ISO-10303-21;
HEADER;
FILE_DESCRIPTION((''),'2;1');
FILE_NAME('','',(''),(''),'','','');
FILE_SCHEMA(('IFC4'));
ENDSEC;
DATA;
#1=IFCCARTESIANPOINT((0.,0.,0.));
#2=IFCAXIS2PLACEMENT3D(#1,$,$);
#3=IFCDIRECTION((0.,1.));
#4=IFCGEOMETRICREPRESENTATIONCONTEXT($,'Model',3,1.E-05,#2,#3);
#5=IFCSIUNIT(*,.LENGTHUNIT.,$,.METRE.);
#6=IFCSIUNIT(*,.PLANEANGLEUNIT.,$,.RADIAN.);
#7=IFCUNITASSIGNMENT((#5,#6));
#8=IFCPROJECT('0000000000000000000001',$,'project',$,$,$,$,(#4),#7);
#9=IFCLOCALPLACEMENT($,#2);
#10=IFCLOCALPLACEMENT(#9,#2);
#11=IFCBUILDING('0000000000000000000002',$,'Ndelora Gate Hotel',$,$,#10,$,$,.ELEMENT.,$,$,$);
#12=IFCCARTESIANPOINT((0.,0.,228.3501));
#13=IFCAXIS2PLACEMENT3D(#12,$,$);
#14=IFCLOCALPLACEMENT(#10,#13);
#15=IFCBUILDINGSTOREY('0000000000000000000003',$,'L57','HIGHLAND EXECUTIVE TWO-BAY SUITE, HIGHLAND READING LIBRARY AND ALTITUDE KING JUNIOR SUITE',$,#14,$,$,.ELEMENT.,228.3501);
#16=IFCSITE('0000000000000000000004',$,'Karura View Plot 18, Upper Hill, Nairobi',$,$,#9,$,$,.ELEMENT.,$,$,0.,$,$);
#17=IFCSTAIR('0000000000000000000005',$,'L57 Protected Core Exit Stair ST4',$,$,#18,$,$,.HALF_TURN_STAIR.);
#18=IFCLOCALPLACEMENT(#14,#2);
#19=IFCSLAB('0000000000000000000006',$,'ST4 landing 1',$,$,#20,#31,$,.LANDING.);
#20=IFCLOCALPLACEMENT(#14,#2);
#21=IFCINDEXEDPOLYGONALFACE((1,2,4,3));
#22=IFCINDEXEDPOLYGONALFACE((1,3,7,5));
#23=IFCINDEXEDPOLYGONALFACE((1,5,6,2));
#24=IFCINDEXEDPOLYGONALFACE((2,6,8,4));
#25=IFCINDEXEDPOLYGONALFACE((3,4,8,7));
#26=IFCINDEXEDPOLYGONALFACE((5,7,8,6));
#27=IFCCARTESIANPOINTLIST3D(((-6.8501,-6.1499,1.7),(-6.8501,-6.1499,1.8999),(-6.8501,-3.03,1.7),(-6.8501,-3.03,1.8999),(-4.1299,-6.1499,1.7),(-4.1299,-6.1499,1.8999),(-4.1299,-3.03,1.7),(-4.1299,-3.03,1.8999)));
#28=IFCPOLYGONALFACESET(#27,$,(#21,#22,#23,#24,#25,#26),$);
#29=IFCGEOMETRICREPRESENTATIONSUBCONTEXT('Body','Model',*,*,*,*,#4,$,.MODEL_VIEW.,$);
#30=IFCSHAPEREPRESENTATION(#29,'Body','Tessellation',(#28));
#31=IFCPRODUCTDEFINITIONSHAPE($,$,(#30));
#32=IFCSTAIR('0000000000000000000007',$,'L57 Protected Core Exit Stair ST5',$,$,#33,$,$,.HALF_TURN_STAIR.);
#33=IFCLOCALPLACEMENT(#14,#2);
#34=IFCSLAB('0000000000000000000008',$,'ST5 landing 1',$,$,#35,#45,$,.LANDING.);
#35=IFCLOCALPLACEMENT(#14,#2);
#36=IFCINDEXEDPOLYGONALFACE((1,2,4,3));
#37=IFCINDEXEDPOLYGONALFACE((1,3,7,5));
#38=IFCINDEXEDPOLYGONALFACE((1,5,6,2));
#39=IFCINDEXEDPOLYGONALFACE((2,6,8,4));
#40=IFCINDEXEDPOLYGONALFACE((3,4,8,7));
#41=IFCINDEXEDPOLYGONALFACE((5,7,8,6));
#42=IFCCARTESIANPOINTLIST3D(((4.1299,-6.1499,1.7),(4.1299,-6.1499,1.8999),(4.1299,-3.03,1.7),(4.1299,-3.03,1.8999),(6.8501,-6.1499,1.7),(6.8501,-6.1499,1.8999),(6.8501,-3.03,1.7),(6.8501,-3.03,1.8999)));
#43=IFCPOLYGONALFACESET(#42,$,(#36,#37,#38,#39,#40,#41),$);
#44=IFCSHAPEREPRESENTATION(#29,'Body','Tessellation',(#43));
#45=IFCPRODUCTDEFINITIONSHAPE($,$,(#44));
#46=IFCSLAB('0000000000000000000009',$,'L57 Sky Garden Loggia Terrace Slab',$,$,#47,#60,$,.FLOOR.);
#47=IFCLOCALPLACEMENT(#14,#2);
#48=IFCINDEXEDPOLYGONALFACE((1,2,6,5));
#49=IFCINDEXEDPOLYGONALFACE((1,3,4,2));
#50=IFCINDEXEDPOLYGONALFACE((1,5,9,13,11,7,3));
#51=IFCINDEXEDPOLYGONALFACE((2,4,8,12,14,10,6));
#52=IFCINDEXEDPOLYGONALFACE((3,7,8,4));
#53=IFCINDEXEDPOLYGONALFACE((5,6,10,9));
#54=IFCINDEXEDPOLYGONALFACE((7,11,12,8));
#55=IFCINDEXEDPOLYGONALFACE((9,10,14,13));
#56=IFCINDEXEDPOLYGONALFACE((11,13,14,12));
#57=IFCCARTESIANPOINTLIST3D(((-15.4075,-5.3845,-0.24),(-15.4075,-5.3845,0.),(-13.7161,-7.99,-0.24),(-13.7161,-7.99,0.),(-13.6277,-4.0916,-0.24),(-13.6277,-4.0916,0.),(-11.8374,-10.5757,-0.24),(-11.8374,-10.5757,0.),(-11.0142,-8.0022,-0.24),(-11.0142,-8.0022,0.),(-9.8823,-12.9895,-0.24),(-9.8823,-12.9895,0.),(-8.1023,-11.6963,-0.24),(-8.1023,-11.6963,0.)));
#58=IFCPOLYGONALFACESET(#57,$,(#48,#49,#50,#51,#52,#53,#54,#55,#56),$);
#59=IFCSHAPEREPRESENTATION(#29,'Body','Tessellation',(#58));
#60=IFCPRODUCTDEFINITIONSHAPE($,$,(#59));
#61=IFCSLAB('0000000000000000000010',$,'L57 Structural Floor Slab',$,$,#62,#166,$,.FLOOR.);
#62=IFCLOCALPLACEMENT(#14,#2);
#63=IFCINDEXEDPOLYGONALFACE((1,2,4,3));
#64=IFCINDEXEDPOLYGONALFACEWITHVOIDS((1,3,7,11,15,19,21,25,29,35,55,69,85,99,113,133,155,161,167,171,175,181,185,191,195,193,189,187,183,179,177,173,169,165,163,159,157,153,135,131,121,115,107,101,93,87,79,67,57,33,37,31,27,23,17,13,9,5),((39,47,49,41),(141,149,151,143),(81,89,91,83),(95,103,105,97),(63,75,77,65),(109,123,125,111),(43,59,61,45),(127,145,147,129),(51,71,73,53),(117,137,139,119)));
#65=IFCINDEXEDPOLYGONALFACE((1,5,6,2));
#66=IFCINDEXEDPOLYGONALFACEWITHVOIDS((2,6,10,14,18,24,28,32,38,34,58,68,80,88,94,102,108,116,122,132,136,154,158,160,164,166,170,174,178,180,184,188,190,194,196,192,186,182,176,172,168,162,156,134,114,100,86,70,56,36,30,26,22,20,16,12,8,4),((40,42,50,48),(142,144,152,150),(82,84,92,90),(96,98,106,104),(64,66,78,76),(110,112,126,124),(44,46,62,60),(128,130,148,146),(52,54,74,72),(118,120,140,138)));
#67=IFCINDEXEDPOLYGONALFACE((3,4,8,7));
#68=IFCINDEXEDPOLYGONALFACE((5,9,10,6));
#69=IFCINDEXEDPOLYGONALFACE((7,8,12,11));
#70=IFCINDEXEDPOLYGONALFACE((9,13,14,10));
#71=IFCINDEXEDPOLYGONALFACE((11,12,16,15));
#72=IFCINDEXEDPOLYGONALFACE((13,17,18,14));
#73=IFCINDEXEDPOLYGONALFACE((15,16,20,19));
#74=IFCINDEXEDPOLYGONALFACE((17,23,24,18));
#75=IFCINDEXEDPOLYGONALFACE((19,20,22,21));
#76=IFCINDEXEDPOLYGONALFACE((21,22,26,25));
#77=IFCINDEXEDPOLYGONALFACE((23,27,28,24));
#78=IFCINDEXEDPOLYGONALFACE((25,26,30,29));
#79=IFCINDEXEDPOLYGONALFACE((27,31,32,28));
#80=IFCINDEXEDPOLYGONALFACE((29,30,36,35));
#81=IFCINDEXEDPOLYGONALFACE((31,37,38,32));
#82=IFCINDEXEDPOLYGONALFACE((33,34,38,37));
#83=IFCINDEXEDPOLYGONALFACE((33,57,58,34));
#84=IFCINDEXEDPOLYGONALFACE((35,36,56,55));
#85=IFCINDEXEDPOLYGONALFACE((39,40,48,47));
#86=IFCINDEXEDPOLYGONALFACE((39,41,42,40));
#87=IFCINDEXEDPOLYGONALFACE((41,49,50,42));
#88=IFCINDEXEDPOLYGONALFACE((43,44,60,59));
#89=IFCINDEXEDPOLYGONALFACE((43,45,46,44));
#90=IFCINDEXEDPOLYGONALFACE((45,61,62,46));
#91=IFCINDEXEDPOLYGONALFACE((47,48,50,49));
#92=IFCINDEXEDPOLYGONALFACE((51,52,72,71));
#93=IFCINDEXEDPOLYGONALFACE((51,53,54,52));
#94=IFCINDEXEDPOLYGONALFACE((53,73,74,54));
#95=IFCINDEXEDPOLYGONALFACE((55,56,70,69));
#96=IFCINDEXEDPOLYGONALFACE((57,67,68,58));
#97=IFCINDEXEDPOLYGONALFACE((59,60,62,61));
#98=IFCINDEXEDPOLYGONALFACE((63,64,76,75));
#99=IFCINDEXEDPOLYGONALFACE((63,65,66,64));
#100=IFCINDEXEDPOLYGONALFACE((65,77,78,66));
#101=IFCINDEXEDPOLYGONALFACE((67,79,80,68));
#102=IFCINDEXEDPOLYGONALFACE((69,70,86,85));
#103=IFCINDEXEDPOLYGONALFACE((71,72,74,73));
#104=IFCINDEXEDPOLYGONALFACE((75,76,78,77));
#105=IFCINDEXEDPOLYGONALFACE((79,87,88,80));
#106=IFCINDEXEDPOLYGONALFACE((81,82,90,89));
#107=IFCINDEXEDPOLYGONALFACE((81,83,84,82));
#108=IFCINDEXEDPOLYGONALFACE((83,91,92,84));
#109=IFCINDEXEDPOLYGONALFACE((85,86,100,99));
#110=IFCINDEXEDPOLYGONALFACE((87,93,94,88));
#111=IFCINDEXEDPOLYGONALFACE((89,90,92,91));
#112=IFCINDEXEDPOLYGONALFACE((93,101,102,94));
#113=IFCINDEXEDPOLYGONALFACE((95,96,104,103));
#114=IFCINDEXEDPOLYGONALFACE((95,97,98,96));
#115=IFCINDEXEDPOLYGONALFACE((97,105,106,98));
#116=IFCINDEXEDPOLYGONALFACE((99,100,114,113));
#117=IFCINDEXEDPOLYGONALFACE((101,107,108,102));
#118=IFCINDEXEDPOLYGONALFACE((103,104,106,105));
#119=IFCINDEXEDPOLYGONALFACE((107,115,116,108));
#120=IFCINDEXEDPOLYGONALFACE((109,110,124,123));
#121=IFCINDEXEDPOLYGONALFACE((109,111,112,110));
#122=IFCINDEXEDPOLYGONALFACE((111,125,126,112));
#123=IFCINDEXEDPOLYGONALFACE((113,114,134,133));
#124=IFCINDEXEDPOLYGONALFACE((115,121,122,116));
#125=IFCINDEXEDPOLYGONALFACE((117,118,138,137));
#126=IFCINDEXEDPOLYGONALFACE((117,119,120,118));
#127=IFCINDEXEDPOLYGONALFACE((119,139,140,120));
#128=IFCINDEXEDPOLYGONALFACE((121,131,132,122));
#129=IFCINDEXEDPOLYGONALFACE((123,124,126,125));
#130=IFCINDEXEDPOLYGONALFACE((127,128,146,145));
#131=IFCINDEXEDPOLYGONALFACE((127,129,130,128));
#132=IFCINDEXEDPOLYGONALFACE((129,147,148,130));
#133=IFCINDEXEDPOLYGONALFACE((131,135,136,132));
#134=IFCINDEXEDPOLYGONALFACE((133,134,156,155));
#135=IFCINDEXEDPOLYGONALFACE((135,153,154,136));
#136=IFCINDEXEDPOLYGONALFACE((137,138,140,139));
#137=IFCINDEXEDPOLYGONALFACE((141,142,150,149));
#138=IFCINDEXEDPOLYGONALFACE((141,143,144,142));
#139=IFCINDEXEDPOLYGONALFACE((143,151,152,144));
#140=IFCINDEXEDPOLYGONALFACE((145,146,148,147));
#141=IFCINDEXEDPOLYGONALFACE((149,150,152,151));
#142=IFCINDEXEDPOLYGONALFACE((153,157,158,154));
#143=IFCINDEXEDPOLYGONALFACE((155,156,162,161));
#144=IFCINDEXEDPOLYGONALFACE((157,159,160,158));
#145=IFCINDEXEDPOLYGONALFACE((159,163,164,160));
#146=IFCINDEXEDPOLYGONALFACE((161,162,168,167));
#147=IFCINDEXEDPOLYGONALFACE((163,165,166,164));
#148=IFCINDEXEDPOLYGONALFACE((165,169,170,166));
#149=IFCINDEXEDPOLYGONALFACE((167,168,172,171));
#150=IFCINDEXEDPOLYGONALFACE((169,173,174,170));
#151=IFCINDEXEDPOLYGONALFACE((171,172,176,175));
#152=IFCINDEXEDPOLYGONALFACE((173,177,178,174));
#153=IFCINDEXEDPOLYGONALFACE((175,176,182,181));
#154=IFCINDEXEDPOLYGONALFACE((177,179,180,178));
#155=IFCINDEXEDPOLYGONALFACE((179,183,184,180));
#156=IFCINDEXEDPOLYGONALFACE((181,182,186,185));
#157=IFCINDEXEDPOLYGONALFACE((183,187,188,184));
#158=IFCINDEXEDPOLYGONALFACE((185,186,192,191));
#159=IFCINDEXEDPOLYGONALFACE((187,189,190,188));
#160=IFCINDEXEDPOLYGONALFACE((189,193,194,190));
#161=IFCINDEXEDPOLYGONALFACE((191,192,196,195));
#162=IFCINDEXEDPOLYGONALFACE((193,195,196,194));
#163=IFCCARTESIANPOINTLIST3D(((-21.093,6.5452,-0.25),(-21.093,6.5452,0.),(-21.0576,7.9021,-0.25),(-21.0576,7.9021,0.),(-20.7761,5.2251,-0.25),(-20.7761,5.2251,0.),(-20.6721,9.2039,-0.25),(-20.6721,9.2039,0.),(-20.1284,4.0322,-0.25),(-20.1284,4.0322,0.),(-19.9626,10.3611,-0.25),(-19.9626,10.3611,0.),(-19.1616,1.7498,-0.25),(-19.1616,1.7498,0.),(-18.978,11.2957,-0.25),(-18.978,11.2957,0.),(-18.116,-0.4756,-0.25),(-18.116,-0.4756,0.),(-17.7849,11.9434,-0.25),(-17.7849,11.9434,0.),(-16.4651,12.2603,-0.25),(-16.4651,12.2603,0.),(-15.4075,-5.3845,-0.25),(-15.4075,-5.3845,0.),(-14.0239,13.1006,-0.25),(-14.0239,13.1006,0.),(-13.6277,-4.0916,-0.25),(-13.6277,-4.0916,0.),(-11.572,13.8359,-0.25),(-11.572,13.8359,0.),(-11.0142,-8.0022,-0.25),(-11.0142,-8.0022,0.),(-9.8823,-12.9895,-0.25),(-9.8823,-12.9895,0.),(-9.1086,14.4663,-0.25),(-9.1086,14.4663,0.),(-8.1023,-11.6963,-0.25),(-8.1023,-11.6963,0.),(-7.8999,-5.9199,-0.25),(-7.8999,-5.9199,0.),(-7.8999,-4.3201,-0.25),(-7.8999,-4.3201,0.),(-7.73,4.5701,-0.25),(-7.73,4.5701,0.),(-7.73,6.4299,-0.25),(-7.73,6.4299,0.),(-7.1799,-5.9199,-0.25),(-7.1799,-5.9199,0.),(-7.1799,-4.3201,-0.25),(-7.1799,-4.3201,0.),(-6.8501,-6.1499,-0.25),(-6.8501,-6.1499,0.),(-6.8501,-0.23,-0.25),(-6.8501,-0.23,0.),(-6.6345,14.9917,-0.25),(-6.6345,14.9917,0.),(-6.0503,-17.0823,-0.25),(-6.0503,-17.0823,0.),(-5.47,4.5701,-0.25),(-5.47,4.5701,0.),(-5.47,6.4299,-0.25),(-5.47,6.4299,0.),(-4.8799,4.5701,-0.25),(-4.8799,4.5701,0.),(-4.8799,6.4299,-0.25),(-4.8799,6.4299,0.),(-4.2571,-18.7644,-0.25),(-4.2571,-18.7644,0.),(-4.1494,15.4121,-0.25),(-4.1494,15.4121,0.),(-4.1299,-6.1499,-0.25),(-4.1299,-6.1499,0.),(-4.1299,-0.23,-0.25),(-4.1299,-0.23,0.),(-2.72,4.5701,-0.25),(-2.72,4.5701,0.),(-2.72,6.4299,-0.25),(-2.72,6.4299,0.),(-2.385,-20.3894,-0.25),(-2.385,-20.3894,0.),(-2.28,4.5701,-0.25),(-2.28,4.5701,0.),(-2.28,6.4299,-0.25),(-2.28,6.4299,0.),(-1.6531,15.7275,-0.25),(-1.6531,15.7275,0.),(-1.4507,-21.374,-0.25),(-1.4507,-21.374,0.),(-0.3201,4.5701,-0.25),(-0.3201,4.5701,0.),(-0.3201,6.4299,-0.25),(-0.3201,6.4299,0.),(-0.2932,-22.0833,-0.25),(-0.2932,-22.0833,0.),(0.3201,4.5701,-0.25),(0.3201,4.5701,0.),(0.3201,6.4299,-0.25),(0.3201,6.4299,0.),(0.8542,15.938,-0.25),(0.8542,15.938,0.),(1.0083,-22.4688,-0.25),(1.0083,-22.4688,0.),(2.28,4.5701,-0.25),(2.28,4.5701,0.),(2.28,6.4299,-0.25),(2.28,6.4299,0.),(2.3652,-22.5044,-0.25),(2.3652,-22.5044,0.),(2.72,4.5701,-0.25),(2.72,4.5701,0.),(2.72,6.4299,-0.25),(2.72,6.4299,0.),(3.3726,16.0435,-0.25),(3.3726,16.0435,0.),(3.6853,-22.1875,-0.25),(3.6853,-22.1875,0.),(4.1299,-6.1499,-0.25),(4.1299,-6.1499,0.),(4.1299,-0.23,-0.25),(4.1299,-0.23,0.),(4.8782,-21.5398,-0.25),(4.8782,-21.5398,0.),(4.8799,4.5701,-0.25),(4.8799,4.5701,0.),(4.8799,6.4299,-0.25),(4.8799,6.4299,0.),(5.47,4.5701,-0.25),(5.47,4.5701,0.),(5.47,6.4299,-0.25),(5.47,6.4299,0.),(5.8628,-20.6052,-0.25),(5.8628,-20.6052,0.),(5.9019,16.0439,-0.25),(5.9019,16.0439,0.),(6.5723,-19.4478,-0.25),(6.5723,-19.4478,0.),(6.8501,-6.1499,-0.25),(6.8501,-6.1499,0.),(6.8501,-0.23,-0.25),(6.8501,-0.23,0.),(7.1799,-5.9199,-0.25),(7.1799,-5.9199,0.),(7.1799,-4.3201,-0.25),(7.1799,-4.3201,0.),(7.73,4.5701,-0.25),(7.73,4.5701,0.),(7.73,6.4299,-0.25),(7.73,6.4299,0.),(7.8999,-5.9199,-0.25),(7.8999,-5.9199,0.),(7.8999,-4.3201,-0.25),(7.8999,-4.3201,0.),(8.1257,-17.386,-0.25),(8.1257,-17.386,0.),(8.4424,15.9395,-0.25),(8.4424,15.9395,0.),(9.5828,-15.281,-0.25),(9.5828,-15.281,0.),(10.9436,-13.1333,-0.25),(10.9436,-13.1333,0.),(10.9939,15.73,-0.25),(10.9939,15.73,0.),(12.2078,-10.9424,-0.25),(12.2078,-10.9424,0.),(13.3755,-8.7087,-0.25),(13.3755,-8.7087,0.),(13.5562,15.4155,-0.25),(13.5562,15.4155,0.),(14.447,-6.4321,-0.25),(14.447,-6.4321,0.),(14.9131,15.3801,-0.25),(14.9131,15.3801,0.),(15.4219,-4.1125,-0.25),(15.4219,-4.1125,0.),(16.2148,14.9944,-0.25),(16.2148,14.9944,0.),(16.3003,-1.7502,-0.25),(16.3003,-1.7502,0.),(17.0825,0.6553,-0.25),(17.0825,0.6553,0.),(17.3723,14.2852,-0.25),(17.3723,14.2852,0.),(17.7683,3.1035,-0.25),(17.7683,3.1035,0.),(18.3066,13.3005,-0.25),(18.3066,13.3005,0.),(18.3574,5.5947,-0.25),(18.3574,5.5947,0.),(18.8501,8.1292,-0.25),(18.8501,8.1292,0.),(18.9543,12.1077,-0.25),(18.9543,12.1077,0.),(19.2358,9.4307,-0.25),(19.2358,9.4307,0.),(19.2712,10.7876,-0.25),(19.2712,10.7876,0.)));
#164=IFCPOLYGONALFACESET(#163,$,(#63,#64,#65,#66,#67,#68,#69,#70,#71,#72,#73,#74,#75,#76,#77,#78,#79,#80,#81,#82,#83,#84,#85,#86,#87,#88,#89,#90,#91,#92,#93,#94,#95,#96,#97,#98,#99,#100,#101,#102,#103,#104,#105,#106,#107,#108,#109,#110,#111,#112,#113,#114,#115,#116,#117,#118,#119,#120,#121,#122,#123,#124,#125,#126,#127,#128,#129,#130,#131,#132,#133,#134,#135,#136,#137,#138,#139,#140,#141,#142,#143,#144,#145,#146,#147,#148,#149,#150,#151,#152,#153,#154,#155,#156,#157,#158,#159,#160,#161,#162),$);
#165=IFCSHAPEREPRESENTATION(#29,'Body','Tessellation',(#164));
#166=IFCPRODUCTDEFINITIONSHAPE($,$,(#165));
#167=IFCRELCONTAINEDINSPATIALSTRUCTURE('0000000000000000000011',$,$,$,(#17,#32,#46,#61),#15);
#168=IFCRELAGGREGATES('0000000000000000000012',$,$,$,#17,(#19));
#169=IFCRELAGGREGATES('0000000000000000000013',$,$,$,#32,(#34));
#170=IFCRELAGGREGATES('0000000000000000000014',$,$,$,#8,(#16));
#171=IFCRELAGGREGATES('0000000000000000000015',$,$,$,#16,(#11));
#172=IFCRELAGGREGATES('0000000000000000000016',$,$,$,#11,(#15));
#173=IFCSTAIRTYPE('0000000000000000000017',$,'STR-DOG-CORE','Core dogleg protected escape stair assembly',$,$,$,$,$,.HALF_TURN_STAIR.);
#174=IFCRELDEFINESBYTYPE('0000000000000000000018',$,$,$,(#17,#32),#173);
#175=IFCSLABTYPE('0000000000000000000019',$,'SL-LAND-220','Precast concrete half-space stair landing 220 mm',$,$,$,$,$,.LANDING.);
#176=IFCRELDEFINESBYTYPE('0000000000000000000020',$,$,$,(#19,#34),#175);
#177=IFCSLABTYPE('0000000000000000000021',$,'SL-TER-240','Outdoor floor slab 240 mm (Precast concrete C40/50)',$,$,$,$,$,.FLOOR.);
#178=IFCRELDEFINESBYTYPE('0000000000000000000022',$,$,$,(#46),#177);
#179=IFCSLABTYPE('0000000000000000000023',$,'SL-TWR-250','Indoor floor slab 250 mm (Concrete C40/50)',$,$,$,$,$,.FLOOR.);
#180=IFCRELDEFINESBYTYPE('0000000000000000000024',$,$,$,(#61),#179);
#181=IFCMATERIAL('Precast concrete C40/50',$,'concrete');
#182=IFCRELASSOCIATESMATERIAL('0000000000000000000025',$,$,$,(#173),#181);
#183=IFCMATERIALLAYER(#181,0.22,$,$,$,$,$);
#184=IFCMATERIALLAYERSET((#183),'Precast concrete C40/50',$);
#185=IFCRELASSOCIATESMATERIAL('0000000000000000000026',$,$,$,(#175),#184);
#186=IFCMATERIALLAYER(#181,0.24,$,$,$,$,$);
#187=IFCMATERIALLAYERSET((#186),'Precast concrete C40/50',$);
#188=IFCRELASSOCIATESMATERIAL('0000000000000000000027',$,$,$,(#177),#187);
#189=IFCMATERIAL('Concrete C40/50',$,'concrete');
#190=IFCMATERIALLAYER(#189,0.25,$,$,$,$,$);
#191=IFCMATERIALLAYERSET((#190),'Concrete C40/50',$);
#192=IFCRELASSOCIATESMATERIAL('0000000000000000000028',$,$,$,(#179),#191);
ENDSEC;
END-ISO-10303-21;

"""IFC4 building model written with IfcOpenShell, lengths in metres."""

from ifc_helpers import new_model, si_unit, direction, frame, origin, place, context, subcontext, project, spatial, polyline, outline, extrude, material, layer, layer_set, type_object, element, aggregate, save


model = new_model("IFC4")

# Units and contexts
model_context = context("Model", 3, precision=1e-05, world=origin(), true_north=direction((0.0, 1.0)))
body_context = subcontext(model_context, "Body", "Model", "MODEL_VIEW")
ifc_project = project(units=[si_unit("LENGTHUNIT", "METRE"), si_unit("PLANEANGLEUNIT", "RADIAN")], contexts=[model_context])

# Site, building, storey
site_placement = place(None, origin())
site = spatial("IfcSite", under=ifc_project, at=site_placement, Name="Karura View Plot 18, Upper Hill, Nairobi", CompositionType="ELEMENT", RefElevation=0.0)
building_placement = place(site_placement, origin())
building = spatial("IfcBuilding", under=site, at=building_placement, Name="Ndelora Gate Hotel", CompositionType="ELEMENT")
storey_placement = place(building_placement, frame((0.0, 0.0, 228.3501)))
storey = spatial("IfcBuildingStorey", under=building, at=storey_placement, Name="L57", Description="HIGHLAND EXECUTIVE TWO-BAY SUITE, HIGHLAND READING LIBRARY AND ALTITUDE KING JUNIOR SUITE", CompositionType="ELEMENT", Elevation=228.3501)

# Stairs, slabs
ifc_material_1 = material(Name="Precast concrete C40/50", Category="concrete")
stair_type = type_object("IfcStairType", Name="STR-DOG-CORE", Description="Core dogleg protected escape stair assembly", PredefinedType="HALF_TURN_STAIR", material=ifc_material_1)
stair_1_placement = place(storey_placement, origin())
stair_1 = element("IfcStair", 1, at=stair_1_placement, inside=storey, type_object=stair_type, Name="L57 Protected Core Exit Stair ST4", PredefinedType="HALF_TURN_STAIR")
ifc_layer_1 = layer(ifc_material_1, 0.22)
ifc_layer_set_1 = layer_set([ifc_layer_1], Name="Precast concrete C40/50")
slab_type_1 = type_object("IfcSlabType", Name="SL-LAND-220", Description="Precast concrete half-space stair landing 220 mm", PredefinedType="LANDING", material=ifc_layer_set_1)
slab_1_placement = place(storey_placement, frame((0.0, 0.0, 1.7)))
slab_1 = element("IfcSlab", 2, at=slab_1_placement, type_object=slab_type_1, Name="ST4 landing 1", PredefinedType="LANDING", context=body_context, shape_type="SweptSolid", body=[
    extrude(outline(polyline([(-6.8501, -3.03), (-6.8501, -6.1499), (-4.1299, -6.1499), (-4.1299, -3.03), (-6.8501, -3.03)])), origin(), (0.0, 0.0, 1.0), 0.2),
])
aggregate(stair_1, [slab_1])
stair_2_placement = place(storey_placement, origin())
stair_2 = element("IfcStair", 3, at=stair_2_placement, inside=storey, type_object=stair_type, Name="L57 Protected Core Exit Stair ST5", PredefinedType="HALF_TURN_STAIR")
slab_2_placement = place(storey_placement, frame((0.0, 0.0, 1.7)))
slab_2 = element("IfcSlab", 4, at=slab_2_placement, type_object=slab_type_1, Name="ST5 landing 1", PredefinedType="LANDING", context=body_context, shape_type="SweptSolid", body=[
    extrude(outline(polyline([(4.1299, -3.03), (4.1299, -6.1499), (6.8501, -6.1499), (6.8501, -3.03), (4.1299, -3.03)])), origin(), (0.0, 0.0, 1.0), 0.2),
])

# Slabs
ifc_layer_2 = layer(ifc_material_1, 0.24)
ifc_layer_set_2 = layer_set([ifc_layer_2], Name="Precast concrete C40/50")
slab_type_2 = type_object("IfcSlabType", Name="SL-TER-240", Description="Outdoor floor slab 240 mm (Precast concrete C40/50)", PredefinedType="FLOOR", material=ifc_layer_set_2)
slab_3_placement = place(storey_placement, frame((0.0, 0.0, -0.24)))
element("IfcSlab", 5, at=slab_3_placement, inside=storey, type_object=slab_type_2, Name="L57 Sky Garden Loggia Terrace Slab", PredefinedType="FLOOR", context=body_context, shape_type="SweptSolid", body=[
    extrude(outline(polyline([(-13.6277, -4.0916), (-15.4075, -5.3845), (-13.7161, -7.99), (-11.8374, -10.5757), (-9.8823, -12.9895), (-8.1023, -11.6963), (-11.0142, -8.0022), (-13.6277, -4.0916)])), origin(), (0.0, 0.0, 1.0), 0.24),
])
ifc_material_2 = material(Name="Concrete C40/50", Category="concrete")
ifc_layer_3 = layer(ifc_material_2, 0.25)
ifc_layer_set_3 = layer_set([ifc_layer_3], Name="Concrete C40/50")
slab_type_3 = type_object("IfcSlabType", Name="SL-TWR-250", Description="Indoor floor slab 250 mm (Concrete C40/50)", PredefinedType="FLOOR", material=ifc_layer_set_3)
slab_4_placement = place(storey_placement, frame((0.0, 0.0, -0.25)))
element("IfcSlab", 6, at=slab_4_placement, inside=storey, type_object=slab_type_3, Name="L57 Structural Floor Slab", PredefinedType="FLOOR", context=body_context, shape_type="SweptSolid", body=[
    extrude(outline(polyline([(-16.4651, 12.2603), (-17.7849, 11.9434), (-18.978, 11.2957), (-19.9626, 10.3611), (-20.6721, 9.2039), (-21.0576, 7.9021), (-21.093, 6.5452), (-20.7761, 5.2251), (-20.1284, 4.0322), (-19.1616, 1.7498), (-18.116, -0.4756), (-15.4075, -5.3845), (-13.6277, -4.0916), (-11.0142, -8.0022), (-8.1023, -11.6963), (-9.8823, -12.9895), (-6.0503, -17.0823), (-4.2571, -18.7644), (-2.385, -20.3894), (-1.4507, -21.374), (-0.2932, -22.0833), (1.0083, -22.4688), (2.3652, -22.5044), (3.6853, -22.1875), (4.8782, -21.5398), (5.8628, -20.6052), (6.5723, -19.4478), (8.1257, -17.386), (9.5828, -15.281), (10.9436, -13.1333), (12.2078, -10.9424), (13.3755, -8.7087), (14.447, -6.4321), (15.4219, -4.1125), (16.3003, -1.7502), (17.0825, 0.6553), (17.7683, 3.1035), (18.3574, 5.5947), (18.8501, 8.1292), (19.2358, 9.4307), (19.2712, 10.7876), (18.9543, 12.1077), (18.3066, 13.3005), (17.3723, 14.2852), (16.2148, 14.9944), (14.9131, 15.3801), (13.5562, 15.4155), (10.9939, 15.73), (8.4424, 15.9395), (5.9019, 16.0439), (3.3726, 16.0435), (0.8542, 15.938), (-1.6531, 15.7275), (-4.1494, 15.4121), (-6.6345, 14.9917), (-9.1086, 14.4663), (-11.572, 13.8359), (-14.0239, 13.1006), (-16.4651, 12.2603)]), holes=[polyline([(-6.8501, -0.23), (-6.8501, -6.1499), (-4.1299, -6.1499), (-4.1299, -0.23), (-6.8501, -0.23)]), polyline([(4.1299, -0.23), (4.1299, -6.1499), (6.8501, -6.1499), (6.8501, -0.23), (4.1299, -0.23)]), polyline([(-7.73, 4.5701), (-5.47, 4.5701), (-5.47, 6.4299), (-7.73, 6.4299), (-7.73, 4.5701)]), polyline([(5.47, 4.5701), (7.73, 4.5701), (7.73, 6.4299), (5.47, 6.4299), (5.47, 4.5701)]), polyline([(-4.8799, 4.5701), (-2.72, 4.5701), (-2.72, 6.4299), (-4.8799, 6.4299), (-4.8799, 4.5701)]), polyline([(2.72, 4.5701), (4.8799, 4.5701), (4.8799, 6.4299), (2.72, 6.4299), (2.72, 4.5701)]), polyline([(-2.28, 4.5701), (-0.3201, 4.5701), (-0.3201, 6.4299), (-2.28, 6.4299), (-2.28, 4.5701)]), polyline([(0.3201, 4.5701), (2.28, 4.5701), (2.28, 6.4299), (0.3201, 6.4299), (0.3201, 4.5701)]), polyline([(-7.8999, -5.9199), (-7.1799, -5.9199), (-7.1799, -4.3201), (-7.8999, -4.3201), (-7.8999, -5.9199)]), polyline([(7.1799, -5.9199), (7.8999, -5.9199), (7.8999, -4.3201), (7.1799, -4.3201), (7.1799, -5.9199)])]), origin(), (0.0, 0.0, 1.0), 0.25),
])

aggregate(stair_2, [slab_2])

save(model, "model.ifc")
